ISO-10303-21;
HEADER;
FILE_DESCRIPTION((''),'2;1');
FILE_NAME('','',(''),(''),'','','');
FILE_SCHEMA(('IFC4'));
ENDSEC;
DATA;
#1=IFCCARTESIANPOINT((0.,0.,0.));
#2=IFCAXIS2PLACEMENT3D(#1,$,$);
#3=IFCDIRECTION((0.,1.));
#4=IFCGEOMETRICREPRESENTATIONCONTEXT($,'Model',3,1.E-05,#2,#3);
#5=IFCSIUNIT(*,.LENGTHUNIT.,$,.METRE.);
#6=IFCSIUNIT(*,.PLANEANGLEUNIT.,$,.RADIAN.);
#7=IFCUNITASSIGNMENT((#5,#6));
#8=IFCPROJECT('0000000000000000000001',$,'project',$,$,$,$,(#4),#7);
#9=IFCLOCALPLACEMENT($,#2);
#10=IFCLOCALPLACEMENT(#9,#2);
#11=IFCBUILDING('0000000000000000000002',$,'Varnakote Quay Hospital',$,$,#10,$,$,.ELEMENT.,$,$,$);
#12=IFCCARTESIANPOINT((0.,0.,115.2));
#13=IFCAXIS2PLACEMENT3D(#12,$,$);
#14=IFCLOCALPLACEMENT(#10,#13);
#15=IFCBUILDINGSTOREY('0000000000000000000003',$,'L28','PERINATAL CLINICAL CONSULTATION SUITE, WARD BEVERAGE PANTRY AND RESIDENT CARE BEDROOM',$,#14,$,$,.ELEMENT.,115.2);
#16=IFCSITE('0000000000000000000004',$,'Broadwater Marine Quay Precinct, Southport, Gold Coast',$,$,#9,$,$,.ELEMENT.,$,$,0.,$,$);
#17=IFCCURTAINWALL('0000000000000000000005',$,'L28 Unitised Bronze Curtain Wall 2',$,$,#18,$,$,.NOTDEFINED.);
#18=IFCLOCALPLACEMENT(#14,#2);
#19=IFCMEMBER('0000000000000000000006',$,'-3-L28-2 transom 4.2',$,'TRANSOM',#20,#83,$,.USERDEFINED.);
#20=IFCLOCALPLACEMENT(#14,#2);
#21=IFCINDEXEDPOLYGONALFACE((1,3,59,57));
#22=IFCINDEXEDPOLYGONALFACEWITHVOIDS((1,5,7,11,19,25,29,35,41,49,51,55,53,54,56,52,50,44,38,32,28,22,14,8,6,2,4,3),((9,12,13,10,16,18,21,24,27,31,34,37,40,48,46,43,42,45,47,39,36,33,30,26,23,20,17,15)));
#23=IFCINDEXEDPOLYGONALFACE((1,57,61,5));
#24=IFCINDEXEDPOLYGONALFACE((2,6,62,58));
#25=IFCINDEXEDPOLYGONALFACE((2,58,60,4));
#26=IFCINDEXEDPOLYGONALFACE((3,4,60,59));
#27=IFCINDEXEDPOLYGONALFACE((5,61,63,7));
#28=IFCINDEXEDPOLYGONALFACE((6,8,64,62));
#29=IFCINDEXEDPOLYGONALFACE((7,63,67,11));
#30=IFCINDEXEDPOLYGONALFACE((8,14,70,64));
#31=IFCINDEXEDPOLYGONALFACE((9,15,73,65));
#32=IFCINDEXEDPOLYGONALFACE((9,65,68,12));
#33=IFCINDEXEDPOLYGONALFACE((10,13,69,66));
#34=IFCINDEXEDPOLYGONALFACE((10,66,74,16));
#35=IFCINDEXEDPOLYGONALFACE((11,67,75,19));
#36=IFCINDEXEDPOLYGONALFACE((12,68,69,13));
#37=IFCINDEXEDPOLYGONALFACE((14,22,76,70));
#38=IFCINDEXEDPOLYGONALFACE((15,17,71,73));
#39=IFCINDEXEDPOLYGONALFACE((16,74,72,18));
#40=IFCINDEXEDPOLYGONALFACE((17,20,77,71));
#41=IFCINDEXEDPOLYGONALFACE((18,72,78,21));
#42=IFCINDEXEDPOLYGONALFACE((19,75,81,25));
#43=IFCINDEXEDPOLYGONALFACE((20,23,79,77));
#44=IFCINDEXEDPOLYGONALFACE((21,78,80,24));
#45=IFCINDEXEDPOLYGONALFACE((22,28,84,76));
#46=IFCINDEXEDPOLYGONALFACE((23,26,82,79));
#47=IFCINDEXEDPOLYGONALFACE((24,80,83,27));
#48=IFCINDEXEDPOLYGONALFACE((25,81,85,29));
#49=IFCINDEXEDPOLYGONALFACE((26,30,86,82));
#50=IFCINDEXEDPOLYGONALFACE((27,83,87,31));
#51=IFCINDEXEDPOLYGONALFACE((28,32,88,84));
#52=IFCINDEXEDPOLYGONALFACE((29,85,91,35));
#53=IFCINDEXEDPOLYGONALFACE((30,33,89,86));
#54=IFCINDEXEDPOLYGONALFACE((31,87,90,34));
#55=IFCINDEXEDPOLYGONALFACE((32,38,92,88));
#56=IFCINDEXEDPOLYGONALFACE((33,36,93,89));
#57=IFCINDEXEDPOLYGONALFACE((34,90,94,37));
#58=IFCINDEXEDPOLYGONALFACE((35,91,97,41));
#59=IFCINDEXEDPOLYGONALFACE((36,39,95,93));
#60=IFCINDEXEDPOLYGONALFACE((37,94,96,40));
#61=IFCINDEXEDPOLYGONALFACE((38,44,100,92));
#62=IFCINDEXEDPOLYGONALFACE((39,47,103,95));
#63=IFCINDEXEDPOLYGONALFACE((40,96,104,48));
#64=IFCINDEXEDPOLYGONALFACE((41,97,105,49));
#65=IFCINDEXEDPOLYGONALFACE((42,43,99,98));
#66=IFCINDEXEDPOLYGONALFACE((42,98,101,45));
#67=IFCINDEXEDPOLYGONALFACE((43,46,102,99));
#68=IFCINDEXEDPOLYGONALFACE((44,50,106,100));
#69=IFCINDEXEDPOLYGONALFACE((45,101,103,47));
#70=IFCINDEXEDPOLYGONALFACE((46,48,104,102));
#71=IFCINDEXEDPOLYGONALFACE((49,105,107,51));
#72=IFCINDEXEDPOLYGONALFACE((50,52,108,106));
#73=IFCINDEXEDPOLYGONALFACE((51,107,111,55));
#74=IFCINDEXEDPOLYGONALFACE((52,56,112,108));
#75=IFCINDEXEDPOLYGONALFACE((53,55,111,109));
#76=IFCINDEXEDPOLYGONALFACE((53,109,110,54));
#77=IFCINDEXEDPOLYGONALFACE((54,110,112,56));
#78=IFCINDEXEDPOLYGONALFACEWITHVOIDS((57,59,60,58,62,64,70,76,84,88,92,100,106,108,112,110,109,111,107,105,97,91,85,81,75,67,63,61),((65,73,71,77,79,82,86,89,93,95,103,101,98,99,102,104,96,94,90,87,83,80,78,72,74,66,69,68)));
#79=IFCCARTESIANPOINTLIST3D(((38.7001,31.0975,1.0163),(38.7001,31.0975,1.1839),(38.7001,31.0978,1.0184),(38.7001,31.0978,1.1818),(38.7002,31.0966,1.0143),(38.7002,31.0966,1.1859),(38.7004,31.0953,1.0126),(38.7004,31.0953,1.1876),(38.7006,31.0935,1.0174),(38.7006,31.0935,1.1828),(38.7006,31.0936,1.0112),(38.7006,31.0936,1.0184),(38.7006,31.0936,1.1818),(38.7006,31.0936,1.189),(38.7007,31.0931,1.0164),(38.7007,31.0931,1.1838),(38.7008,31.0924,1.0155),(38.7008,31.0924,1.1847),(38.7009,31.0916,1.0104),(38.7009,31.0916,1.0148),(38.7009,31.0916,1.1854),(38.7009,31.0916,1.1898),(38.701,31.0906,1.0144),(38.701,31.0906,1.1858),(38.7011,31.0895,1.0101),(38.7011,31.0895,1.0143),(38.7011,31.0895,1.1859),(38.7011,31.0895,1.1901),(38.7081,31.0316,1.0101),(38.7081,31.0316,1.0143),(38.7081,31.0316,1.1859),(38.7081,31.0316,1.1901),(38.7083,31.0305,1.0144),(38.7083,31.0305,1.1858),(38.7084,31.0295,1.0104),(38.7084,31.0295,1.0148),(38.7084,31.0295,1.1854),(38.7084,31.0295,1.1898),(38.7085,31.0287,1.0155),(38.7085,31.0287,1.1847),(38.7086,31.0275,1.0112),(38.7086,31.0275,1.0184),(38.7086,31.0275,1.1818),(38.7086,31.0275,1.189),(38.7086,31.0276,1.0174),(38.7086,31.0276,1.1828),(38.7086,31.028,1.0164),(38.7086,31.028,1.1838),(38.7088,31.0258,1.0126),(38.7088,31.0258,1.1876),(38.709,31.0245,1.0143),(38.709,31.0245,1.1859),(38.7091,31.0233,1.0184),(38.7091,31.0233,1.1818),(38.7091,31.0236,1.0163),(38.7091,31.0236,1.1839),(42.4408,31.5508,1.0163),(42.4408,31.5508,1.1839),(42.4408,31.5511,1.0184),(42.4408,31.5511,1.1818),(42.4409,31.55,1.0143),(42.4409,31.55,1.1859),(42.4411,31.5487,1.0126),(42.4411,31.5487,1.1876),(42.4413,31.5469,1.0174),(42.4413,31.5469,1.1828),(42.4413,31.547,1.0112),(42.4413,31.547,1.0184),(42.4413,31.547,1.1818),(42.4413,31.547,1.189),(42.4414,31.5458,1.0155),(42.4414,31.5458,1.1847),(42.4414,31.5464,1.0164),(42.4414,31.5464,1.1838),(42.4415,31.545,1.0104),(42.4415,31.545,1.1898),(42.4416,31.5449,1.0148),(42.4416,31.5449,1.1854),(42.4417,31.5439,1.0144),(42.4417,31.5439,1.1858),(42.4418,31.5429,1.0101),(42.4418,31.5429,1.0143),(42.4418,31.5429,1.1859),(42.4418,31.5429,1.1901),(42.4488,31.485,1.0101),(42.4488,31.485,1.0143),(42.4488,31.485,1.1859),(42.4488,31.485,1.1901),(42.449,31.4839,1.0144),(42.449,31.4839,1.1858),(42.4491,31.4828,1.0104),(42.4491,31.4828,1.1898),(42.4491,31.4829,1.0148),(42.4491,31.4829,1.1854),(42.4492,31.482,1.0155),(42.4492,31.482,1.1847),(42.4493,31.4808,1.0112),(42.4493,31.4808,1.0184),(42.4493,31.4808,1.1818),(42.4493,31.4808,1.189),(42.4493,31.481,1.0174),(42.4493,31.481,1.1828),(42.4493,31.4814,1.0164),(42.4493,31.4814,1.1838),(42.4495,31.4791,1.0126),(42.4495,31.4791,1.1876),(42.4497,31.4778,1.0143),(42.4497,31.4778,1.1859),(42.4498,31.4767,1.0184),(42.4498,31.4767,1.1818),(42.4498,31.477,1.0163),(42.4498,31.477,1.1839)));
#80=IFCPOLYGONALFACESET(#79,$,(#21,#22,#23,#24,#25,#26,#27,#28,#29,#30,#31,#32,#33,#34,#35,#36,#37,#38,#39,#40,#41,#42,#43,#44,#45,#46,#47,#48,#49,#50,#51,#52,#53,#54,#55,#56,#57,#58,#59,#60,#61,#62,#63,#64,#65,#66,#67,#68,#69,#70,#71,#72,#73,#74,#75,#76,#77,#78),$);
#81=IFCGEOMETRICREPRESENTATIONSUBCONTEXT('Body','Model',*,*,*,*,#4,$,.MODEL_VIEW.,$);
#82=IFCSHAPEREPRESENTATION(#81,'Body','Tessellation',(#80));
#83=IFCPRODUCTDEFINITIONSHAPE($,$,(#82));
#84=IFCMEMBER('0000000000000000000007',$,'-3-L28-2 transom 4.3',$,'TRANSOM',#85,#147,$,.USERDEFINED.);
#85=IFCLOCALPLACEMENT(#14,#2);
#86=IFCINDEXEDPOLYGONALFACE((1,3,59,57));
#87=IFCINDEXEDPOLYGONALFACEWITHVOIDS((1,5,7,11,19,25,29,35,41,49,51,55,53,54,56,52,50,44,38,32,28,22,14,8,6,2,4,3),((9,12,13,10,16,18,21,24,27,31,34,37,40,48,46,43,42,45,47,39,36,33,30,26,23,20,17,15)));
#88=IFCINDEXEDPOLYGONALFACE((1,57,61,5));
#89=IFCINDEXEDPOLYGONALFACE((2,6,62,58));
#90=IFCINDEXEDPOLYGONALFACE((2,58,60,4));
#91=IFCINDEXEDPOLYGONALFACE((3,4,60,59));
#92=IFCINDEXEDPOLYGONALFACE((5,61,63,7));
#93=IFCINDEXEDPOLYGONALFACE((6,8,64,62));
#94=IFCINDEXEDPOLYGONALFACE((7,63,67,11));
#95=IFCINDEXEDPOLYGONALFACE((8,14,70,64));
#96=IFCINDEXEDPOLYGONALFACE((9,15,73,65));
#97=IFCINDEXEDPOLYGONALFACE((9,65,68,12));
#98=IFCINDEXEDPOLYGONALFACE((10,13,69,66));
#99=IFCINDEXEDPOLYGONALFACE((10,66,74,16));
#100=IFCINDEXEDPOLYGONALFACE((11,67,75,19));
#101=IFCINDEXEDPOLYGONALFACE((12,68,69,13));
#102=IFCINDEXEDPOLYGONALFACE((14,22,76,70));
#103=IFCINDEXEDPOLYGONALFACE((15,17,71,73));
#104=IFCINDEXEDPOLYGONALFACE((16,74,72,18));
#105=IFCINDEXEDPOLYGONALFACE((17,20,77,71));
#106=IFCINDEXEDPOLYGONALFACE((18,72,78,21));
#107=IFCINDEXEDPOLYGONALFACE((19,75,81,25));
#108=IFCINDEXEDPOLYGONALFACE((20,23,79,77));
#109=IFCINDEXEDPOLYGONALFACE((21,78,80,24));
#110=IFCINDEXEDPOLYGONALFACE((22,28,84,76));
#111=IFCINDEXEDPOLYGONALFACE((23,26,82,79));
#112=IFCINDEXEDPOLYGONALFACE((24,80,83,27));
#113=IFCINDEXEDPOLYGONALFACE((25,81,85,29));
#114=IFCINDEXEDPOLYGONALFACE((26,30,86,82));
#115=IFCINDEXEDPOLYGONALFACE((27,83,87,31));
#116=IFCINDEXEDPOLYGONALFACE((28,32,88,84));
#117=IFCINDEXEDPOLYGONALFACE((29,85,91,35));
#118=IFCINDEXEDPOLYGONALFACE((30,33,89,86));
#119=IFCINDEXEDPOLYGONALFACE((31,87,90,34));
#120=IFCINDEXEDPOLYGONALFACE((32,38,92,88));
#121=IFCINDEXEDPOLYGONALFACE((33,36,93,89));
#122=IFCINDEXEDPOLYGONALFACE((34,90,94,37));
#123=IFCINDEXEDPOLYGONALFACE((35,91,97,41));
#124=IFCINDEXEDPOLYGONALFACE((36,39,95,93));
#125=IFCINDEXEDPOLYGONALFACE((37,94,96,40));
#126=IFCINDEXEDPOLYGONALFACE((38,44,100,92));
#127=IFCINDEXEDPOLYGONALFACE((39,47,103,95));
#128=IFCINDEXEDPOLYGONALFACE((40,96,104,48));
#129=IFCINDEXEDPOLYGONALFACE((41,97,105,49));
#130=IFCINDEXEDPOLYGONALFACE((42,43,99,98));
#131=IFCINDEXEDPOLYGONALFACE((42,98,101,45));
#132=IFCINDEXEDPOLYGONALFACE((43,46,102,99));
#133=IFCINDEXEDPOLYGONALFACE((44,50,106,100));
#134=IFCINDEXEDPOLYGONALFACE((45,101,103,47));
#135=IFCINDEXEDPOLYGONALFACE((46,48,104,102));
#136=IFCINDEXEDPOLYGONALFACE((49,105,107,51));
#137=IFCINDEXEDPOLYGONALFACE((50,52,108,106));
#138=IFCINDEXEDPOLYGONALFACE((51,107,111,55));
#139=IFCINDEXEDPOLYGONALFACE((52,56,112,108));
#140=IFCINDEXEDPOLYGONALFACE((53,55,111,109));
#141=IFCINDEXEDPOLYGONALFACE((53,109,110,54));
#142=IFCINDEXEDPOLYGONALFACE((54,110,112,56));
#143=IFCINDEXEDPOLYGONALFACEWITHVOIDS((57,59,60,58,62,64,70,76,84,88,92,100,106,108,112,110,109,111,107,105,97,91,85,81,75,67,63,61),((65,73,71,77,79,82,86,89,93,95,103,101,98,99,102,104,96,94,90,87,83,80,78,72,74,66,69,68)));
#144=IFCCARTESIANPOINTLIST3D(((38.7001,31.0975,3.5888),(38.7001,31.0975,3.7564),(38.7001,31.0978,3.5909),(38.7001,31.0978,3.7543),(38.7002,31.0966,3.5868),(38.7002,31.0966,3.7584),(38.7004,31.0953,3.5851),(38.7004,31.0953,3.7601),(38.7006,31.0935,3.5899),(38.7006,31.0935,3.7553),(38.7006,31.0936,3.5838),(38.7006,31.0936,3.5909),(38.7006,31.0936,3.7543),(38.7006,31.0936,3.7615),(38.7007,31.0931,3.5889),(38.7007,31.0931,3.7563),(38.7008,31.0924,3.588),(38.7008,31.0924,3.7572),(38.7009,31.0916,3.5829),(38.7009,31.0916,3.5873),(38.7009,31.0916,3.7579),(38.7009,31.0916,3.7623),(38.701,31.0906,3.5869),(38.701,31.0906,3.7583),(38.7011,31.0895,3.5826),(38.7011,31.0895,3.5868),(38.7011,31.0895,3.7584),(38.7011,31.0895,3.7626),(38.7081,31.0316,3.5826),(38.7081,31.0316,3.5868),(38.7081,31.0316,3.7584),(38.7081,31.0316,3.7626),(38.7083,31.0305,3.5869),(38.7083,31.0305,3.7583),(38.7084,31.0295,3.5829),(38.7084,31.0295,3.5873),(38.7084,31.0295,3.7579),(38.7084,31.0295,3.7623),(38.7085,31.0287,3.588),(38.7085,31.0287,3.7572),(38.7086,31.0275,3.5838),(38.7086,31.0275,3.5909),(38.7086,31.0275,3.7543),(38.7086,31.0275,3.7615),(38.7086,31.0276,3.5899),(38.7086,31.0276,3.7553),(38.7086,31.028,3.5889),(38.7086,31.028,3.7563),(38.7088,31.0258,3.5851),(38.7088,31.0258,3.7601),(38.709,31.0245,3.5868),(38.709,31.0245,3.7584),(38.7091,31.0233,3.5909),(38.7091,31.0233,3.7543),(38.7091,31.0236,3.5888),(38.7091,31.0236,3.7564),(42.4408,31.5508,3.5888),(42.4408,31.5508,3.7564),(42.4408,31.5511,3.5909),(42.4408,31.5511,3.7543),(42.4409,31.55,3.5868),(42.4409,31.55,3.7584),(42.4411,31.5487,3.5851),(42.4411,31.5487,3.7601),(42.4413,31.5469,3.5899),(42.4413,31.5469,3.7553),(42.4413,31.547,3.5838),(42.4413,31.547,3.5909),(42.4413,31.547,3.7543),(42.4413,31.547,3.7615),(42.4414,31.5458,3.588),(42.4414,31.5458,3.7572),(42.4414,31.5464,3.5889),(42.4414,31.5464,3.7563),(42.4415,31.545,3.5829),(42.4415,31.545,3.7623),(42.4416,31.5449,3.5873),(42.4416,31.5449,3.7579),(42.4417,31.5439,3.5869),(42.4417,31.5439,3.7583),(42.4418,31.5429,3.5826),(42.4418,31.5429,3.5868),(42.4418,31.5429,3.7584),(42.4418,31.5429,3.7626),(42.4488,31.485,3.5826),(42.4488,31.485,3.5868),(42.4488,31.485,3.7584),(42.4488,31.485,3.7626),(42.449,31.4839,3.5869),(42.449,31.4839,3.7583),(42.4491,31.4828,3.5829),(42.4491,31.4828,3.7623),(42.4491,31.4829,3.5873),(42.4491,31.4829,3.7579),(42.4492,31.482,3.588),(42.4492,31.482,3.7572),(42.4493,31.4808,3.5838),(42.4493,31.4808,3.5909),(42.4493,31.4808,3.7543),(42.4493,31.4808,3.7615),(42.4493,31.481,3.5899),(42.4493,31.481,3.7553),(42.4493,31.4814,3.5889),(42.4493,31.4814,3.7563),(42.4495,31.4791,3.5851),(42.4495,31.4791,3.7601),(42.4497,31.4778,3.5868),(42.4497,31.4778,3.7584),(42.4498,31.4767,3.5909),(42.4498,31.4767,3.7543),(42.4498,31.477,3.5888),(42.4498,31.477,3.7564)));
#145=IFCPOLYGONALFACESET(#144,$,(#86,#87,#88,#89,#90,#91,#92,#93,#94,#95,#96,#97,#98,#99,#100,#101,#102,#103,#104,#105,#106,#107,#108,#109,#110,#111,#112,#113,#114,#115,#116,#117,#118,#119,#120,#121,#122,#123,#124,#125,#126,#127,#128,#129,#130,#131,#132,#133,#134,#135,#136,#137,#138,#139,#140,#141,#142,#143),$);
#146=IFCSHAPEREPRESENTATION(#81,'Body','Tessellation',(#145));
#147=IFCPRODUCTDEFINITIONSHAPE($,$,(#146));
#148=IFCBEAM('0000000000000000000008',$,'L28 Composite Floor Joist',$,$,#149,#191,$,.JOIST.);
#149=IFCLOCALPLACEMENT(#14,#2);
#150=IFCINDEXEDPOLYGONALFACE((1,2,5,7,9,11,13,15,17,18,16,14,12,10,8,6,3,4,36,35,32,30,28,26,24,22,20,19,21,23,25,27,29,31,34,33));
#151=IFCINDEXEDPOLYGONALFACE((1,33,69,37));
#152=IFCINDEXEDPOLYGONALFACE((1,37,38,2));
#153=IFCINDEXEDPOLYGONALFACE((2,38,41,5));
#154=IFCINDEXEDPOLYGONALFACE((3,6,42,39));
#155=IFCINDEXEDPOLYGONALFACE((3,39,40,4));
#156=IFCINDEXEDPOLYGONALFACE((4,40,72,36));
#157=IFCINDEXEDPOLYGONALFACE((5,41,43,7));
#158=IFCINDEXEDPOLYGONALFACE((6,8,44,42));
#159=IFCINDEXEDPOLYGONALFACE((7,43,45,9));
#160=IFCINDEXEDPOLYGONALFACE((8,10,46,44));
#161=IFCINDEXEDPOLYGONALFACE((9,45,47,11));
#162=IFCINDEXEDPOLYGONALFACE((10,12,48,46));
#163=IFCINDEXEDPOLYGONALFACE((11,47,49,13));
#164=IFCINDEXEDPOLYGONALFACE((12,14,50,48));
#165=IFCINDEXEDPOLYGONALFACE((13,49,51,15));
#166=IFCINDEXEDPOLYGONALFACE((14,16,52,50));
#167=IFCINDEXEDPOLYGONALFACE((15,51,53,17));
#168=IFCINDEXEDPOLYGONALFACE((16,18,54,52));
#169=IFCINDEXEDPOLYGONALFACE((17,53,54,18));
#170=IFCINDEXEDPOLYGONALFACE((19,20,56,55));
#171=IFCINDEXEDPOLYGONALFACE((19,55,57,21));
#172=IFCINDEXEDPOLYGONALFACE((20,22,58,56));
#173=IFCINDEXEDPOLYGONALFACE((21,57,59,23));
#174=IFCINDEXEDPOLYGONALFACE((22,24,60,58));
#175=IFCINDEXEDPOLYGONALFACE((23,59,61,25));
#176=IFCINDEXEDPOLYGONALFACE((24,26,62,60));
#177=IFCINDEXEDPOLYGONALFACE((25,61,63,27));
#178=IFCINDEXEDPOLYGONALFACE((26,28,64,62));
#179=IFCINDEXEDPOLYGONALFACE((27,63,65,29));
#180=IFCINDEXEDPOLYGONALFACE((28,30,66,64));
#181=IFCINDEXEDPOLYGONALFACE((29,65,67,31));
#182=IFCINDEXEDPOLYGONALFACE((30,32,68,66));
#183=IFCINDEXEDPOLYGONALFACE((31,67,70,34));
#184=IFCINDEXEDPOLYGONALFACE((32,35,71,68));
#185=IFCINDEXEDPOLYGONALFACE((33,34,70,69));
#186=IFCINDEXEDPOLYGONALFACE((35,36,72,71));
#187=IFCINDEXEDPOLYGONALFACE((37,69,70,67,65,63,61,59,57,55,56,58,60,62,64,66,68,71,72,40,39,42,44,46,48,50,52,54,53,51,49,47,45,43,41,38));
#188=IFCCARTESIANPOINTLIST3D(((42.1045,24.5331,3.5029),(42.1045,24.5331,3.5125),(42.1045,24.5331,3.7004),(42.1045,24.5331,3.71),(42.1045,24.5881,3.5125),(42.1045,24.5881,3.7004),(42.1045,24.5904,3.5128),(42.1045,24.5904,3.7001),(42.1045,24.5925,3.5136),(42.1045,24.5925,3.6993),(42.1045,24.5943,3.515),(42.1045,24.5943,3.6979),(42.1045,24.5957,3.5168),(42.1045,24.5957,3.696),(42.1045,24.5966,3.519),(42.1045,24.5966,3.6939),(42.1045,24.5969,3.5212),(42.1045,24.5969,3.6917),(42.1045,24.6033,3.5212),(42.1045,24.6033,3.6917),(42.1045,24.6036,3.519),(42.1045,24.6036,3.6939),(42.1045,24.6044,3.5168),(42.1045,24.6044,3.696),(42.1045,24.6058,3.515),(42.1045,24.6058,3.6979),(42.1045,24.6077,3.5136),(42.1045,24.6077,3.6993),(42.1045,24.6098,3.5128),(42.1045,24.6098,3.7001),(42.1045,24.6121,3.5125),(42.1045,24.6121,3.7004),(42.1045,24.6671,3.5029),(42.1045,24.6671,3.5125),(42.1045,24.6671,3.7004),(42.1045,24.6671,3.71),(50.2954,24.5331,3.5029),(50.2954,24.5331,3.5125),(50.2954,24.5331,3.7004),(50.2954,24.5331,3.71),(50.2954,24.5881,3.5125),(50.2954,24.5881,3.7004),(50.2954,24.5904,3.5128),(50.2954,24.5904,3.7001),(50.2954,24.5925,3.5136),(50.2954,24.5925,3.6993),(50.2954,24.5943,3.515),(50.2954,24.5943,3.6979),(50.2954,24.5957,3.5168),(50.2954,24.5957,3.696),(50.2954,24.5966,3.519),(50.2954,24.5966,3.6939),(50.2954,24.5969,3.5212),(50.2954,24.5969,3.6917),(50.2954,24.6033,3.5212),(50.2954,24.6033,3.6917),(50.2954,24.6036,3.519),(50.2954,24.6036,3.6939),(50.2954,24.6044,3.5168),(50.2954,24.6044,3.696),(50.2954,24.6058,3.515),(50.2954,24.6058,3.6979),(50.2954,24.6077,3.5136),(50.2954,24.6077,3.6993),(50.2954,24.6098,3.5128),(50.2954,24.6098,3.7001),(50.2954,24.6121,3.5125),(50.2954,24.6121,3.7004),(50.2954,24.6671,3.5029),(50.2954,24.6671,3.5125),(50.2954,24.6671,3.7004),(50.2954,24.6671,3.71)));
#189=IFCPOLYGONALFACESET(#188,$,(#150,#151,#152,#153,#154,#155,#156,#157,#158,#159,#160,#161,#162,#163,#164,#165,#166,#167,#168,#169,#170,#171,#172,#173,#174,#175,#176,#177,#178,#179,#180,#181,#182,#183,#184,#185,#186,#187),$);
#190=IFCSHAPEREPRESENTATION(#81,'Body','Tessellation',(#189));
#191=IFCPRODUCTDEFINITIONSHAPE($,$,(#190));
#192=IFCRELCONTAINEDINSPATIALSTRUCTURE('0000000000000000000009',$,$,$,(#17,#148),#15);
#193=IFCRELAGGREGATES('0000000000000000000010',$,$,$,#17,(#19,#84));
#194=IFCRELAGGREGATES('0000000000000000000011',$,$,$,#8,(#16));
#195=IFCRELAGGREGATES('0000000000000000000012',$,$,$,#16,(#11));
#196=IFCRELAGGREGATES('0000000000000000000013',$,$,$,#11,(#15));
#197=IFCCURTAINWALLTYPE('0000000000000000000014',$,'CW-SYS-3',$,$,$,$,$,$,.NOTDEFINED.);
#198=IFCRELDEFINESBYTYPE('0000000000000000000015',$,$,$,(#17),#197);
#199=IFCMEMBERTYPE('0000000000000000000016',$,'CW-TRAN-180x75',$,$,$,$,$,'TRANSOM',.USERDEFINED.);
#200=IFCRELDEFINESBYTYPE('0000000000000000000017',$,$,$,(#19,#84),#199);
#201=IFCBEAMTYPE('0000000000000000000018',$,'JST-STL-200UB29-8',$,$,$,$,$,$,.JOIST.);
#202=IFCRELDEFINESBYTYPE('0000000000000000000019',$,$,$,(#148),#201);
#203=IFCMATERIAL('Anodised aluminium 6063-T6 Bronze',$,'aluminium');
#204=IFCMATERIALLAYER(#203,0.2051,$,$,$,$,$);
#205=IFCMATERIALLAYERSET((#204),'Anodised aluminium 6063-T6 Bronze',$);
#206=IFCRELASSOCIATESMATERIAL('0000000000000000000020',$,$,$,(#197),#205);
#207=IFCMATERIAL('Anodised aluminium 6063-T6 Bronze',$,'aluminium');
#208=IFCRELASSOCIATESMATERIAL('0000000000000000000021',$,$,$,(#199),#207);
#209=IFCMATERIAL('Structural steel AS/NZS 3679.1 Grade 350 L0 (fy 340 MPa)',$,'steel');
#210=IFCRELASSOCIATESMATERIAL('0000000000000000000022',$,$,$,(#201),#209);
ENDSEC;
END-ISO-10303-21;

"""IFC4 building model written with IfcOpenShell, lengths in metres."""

from ifc_helpers import new_model, si_unit, direction, frame, origin, origin_2d, place, context, subcontext, project, spatial, hollow_rectangle, i_section, extrude, material, layer, layer_set, material_profile, profile_set, type_object, element, aggregate, save


model = new_model("IFC4")

# Units and contexts
model_context = context("Model", 3, precision=1e-05, world=origin(), true_north=direction((0.0, 1.0)))
body_context = subcontext(model_context, "Body", "Model", "MODEL_VIEW")
ifc_project = project(units=[si_unit("LENGTHUNIT", "METRE"), si_unit("PLANEANGLEUNIT", "RADIAN")], contexts=[model_context])

# Site, building, storey
site_placement = place(None, origin())
site = spatial("IfcSite", under=ifc_project, at=site_placement, Name="Broadwater Marine Quay Precinct, Southport, Gold Coast", CompositionType="ELEMENT", RefElevation=0.0)
building_placement = place(site_placement, origin())
building = spatial("IfcBuilding", under=site, at=building_placement, Name="Varnakote Quay Hospital", CompositionType="ELEMENT")
storey_placement = place(building_placement, frame((0.0, 0.0, 115.2)))
storey = spatial("IfcBuildingStorey", under=building, at=storey_placement, Name="L28", Description="PERINATAL CLINICAL CONSULTATION SUITE, WARD BEVERAGE PANTRY AND RESIDENT CARE BEDROOM", CompositionType="ELEMENT", Elevation=115.2)

# Curtain wall, members
ifc_material_1 = material(Name="Anodised aluminium 6063-T6 Bronze", Category="aluminium")
ifc_layer_1 = layer(ifc_material_1, 0.2051)
ifc_layer_set_1 = layer_set([ifc_layer_1], Name="Anodised aluminium 6063-T6 Bronze")
curtain_wall_type = type_object("IfcCurtainWallType", Name="CW-SYS-3", PredefinedType="NOTDEFINED", material=ifc_layer_set_1)
curtain_wall_placement = place(storey_placement, origin())
curtain_wall = element("IfcCurtainWall", 1, at=curtain_wall_placement, inside=storey, type_object=curtain_wall_type, Name="L28 Unitised Bronze Curtain Wall 2", PredefinedType="NOTDEFINED")
ifc_material_2 = material(Name="Anodised aluminium 6063-T6 Bronze", Category="aluminium")
ifc_material_profile_1 = material_profile(ifc_material_2, hollow_rectangle(XDim=0.075, YDim=0.1799, WallThickness=0.0042, InnerFilletRadius=0.0042, OuterFilletRadius=0.0083, at=origin_2d()), Name="CW-TRAN-180x75")
ifc_profile_set_1 = profile_set([ifc_material_profile_1], Name="Anodised aluminium 6063-T6 Bronze")
member_type_1 = type_object("IfcMemberType", Name="CW-TRAN-180x75", ElementType="TRANSOM", PredefinedType="USERDEFINED", material=ifc_profile_set_1)
member_1_placement = place(storey_placement, frame((42.4453, 31.5139, 1.1001), z_axis=(-0.992735, -0.120318, 0.0), x_axis=(0.120318, -0.992735, 0.0)))
member_1 = element("IfcMember", 2, at=member_1_placement, type_object=member_type_1, Name="-3-L28-2 transom 4.2", ObjectType="TRANSOM", PredefinedType="USERDEFINED", context=body_context, shape_type="SweptSolid", body=[
    extrude(hollow_rectangle(XDim=0.075, YDim=0.1799, WallThickness=0.0042, InnerFilletRadius=0.0042, OuterFilletRadius=0.0083, at=origin_2d()), origin(), (0.0, 0.0, 1.0), 3.7681),
])
member_2_placement = place(storey_placement, frame((42.4453, 31.5139, 3.6726), z_axis=(-0.992735, -0.120318, 0.0), x_axis=(0.120318, -0.992735, 0.0)))
member_2 = element("IfcMember", 3, at=member_2_placement, type_object=member_type_1, Name="-3-L28-2 transom 4.3", ObjectType="TRANSOM", PredefinedType="USERDEFINED", context=body_context, shape_type="SweptSolid", body=[
    extrude(hollow_rectangle(XDim=0.075, YDim=0.1799, WallThickness=0.0042, InnerFilletRadius=0.0042, OuterFilletRadius=0.0083, at=origin_2d()), origin(), (0.0, 0.0, 1.0), 3.7681),
])

# Beam
ifc_material_3 = material(Name="Structural steel AS/NZS 3679.1 Grade 350 L0 (fy 340 MPa)", Category="steel")
ifc_material_profile_2 = material_profile(ifc_material_3, i_section(OverallWidth=0.134, OverallDepth=0.207, WebThickness=0.0063, FlangeThickness=0.0095, FilletRadius=0.0088, at=origin_2d()), Name="200UB29.8")
ifc_profile_set_2 = profile_set([ifc_material_profile_2], Name="Structural steel AS/NZS 3679.1 Grade 350 L0 (fy 340 MPa)")
beam_type_1 = type_object("IfcBeamType", Name="JST-STL-200UB29-8", PredefinedType="JOIST", material=ifc_profile_set_2)
beam_1_placement = place(storey_placement, frame((42.1045, 24.6001, 3.6064), z_axis=(1.0, 0.0, 0.0), x_axis=(0.0, 1.0, 0.0)))
element("IfcBeam", 4, at=beam_1_placement, inside=storey, type_object=beam_type_1, Name="L28 Composite Floor Joist", PredefinedType="JOIST", context=body_context, shape_type="SweptSolid", body=[
    extrude(i_section(OverallWidth=0.134, OverallDepth=0.207, WebThickness=0.0063, FlangeThickness=0.0095, FilletRadius=0.0088, at=origin_2d()), origin(), (0.0, 0.0, 1.0), 8.1909),
])

aggregate(curtain_wall, [member_1, member_2])

save(model, "model.ifc")
